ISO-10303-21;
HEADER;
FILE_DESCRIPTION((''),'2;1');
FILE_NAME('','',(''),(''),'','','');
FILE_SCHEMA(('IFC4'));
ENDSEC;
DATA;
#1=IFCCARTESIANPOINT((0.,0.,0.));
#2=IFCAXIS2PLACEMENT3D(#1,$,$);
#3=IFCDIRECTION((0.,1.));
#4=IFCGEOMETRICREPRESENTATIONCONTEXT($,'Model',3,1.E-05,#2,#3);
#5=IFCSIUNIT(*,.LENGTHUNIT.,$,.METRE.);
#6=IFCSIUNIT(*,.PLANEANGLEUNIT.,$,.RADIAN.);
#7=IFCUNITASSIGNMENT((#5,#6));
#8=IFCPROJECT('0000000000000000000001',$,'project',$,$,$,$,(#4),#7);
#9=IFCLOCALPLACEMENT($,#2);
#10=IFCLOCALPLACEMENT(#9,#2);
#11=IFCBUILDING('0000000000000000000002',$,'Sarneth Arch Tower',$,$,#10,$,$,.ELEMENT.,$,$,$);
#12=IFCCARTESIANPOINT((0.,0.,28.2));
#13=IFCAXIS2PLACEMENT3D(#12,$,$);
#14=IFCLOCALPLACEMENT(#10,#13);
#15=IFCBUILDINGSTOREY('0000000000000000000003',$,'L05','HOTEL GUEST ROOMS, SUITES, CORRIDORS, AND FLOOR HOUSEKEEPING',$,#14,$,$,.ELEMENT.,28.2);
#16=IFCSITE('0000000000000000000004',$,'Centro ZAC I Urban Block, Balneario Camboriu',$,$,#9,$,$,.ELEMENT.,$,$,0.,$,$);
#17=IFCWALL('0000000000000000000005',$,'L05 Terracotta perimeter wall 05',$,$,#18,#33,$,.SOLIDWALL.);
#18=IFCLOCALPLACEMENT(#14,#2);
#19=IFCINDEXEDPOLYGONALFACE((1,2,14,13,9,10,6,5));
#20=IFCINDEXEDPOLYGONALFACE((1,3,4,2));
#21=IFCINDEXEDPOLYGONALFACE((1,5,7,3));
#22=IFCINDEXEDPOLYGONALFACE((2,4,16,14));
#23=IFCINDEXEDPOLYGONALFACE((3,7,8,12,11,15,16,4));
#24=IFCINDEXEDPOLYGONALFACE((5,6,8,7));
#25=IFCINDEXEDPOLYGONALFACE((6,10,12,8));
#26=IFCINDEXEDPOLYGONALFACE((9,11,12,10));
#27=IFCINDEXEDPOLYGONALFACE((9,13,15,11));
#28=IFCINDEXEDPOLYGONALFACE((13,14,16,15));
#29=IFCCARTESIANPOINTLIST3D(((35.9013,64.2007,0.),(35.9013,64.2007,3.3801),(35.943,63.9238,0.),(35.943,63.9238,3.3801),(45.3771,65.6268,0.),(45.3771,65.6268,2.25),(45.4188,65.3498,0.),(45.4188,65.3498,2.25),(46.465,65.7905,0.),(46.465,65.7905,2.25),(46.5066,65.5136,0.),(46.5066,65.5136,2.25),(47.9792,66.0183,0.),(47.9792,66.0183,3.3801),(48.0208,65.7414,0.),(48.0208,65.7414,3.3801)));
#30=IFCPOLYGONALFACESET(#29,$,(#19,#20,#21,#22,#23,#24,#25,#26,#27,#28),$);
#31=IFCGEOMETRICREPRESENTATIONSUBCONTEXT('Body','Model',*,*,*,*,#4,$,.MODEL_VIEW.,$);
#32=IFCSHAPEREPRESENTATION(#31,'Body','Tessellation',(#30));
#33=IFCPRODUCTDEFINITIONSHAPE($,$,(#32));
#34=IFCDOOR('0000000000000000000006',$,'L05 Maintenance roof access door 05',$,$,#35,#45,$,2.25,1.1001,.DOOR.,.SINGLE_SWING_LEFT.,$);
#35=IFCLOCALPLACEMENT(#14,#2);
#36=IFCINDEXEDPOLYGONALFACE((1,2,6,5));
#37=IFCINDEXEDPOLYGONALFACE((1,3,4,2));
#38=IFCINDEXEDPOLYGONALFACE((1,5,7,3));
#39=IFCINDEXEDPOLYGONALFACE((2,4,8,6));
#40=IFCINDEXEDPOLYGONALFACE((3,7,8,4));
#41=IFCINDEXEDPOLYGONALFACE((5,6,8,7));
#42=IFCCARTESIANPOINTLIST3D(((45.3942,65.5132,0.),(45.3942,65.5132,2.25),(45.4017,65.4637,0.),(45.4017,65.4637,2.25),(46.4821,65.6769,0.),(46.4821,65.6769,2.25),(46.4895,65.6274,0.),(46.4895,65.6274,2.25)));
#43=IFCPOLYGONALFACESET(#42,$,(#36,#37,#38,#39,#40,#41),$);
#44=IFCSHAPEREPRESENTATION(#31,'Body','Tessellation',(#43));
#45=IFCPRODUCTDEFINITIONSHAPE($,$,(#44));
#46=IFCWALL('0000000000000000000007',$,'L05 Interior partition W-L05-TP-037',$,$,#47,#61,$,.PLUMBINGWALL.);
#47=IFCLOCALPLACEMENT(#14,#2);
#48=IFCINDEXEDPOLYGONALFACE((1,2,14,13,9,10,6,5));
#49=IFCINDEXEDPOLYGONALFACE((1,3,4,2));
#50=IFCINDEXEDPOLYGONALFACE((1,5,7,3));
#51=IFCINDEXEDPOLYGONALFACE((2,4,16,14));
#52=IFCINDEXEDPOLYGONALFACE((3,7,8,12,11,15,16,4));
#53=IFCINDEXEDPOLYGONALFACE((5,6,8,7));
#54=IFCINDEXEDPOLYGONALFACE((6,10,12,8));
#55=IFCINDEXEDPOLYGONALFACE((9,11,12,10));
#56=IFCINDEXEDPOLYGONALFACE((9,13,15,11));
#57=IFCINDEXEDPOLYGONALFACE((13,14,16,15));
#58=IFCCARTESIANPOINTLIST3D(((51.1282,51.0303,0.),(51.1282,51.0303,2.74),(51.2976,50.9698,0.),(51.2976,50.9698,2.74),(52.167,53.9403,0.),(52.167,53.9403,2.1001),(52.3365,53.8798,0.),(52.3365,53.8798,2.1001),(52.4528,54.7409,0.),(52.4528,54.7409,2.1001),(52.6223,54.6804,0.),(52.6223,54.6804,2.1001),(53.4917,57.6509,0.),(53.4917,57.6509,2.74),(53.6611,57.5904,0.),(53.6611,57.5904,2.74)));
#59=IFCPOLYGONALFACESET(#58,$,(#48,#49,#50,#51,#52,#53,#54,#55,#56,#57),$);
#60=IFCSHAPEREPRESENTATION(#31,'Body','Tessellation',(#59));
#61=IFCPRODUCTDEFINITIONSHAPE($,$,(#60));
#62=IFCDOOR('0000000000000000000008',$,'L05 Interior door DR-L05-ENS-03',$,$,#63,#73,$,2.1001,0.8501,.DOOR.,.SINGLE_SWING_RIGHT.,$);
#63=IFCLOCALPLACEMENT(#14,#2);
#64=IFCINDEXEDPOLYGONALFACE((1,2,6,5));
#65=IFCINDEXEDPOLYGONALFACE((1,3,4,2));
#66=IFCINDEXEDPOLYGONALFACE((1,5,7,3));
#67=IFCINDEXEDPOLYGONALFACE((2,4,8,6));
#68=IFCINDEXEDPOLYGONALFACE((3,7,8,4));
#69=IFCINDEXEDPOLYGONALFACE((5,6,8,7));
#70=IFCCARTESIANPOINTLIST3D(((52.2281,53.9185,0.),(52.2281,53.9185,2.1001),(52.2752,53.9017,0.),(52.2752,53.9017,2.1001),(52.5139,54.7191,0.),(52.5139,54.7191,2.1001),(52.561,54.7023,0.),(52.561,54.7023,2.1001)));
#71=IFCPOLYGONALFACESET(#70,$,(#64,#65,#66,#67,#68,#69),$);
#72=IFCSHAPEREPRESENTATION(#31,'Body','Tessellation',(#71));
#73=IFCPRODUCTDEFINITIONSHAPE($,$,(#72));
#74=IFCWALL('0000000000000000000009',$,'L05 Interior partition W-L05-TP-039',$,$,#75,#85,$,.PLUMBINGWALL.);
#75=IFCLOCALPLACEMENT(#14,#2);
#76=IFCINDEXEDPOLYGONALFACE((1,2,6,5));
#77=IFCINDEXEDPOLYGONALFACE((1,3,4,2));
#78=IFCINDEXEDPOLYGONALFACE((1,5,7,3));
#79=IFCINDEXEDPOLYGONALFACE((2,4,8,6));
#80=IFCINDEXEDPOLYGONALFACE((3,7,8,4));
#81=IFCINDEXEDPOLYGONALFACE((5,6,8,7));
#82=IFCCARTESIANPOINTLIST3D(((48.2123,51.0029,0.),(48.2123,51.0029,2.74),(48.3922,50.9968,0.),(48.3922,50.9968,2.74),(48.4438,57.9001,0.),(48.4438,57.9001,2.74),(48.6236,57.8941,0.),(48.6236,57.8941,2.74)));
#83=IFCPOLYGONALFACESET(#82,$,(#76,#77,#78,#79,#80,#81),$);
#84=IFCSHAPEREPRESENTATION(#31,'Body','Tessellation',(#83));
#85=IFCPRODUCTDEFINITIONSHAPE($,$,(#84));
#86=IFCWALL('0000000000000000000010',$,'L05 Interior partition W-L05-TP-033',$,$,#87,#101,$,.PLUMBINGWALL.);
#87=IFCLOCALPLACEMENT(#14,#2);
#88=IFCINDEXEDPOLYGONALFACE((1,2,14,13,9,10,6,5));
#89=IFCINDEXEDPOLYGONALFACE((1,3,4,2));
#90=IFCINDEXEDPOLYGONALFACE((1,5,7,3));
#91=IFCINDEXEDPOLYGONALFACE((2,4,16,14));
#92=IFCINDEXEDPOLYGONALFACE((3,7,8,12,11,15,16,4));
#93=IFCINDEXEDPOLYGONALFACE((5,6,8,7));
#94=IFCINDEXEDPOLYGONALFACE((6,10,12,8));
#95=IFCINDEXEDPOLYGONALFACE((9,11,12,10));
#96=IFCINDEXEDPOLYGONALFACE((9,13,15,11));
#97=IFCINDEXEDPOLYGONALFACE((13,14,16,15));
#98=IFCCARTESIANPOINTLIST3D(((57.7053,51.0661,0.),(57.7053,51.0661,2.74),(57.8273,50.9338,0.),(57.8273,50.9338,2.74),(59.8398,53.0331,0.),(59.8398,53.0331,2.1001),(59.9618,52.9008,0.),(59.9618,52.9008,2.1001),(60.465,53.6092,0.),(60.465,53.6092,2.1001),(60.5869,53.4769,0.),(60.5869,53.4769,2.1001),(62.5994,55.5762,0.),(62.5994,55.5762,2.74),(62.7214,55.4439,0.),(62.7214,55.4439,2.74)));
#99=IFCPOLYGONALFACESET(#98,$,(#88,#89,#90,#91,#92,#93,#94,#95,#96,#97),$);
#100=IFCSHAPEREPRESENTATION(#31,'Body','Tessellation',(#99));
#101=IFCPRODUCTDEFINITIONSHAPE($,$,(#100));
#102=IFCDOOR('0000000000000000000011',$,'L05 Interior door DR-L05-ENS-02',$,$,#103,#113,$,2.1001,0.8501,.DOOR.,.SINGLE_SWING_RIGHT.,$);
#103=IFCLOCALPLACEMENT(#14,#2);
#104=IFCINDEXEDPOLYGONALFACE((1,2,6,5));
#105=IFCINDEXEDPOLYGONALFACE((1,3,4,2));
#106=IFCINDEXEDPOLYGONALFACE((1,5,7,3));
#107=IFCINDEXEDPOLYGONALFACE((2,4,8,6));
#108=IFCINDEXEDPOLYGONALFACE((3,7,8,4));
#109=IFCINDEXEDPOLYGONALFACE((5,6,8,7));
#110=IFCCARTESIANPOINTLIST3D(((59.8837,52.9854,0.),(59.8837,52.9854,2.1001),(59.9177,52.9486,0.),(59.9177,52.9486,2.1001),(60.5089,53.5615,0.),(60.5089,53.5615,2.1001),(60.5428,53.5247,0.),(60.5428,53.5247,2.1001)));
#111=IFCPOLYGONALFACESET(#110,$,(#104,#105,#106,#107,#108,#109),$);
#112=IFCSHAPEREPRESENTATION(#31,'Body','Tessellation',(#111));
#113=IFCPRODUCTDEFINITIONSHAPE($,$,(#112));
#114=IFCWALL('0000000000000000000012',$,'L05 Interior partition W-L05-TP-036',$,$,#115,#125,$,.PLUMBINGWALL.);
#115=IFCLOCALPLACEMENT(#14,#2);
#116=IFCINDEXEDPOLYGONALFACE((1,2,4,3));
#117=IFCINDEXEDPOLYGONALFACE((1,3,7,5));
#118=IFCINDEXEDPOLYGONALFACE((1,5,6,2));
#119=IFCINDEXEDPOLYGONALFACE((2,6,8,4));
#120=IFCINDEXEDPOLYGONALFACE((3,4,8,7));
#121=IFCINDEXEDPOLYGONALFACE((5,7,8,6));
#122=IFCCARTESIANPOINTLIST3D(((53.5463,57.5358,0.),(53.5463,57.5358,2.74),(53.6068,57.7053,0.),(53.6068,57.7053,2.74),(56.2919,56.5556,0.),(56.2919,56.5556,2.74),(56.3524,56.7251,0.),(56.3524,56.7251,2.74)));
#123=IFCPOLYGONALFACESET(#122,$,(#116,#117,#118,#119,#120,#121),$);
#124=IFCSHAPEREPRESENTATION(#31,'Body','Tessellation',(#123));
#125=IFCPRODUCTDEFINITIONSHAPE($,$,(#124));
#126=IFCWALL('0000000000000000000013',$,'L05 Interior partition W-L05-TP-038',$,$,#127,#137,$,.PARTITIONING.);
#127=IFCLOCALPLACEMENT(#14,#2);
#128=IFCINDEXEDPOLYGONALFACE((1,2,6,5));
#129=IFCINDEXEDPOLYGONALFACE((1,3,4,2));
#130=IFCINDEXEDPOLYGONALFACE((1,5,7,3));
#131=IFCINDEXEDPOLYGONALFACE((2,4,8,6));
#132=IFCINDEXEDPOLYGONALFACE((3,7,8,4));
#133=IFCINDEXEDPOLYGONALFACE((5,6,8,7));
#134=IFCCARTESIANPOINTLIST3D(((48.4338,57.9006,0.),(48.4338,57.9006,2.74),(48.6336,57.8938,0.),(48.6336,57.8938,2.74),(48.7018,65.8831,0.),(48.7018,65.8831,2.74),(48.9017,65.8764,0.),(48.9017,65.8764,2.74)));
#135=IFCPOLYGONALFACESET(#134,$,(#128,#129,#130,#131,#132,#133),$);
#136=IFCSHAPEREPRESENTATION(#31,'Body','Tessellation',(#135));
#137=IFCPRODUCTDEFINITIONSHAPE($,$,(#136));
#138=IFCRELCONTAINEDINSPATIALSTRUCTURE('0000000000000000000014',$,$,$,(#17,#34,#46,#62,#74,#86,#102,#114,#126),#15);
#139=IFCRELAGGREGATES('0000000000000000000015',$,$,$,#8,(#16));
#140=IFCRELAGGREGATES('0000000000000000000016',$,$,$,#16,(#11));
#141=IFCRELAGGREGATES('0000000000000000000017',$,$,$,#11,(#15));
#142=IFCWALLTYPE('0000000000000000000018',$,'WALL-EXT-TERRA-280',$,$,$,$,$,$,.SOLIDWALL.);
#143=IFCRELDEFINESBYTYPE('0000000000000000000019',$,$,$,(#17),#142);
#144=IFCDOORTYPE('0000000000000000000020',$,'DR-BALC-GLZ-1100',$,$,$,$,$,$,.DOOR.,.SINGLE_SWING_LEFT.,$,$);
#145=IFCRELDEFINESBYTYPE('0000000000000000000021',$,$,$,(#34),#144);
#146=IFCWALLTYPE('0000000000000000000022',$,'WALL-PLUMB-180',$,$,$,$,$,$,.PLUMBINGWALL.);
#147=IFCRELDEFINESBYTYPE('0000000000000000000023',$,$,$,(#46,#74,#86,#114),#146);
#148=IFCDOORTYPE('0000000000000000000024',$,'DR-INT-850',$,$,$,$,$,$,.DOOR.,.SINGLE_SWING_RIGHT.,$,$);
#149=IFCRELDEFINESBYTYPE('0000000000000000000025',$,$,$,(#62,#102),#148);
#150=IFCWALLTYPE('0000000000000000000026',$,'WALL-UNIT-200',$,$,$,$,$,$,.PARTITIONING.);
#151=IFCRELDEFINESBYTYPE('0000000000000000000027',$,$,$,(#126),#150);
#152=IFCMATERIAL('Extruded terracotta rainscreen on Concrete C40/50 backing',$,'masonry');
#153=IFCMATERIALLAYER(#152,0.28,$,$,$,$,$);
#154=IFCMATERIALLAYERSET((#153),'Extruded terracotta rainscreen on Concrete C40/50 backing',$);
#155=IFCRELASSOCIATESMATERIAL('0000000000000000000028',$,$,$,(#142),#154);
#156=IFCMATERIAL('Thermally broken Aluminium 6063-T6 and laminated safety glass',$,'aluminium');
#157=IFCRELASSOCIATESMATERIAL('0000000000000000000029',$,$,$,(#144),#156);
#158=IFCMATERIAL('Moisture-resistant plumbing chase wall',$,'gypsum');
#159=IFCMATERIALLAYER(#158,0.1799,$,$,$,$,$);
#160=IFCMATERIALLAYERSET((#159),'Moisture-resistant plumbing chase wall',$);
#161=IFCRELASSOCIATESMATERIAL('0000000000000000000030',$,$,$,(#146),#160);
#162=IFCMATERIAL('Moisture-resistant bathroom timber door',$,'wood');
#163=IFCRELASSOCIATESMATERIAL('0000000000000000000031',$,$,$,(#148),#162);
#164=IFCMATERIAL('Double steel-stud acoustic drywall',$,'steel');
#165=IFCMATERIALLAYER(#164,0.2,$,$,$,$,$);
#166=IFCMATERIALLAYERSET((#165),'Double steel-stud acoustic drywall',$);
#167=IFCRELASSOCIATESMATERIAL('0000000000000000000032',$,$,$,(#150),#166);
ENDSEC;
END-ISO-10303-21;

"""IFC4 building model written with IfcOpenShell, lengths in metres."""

from ifc_helpers import new_model, si_unit, direction, frame, frame_2d, origin, place, context, subcontext, project, spatial, rectangle, extrude, material, layer, layer_set, type_object, element, fill, save


model = new_model("IFC4")

# Units and contexts
model_context = context("Model", 3, precision=1e-05, world=origin(), true_north=direction((0.0, 1.0)))
body_context = subcontext(model_context, "Body", "Model", "MODEL_VIEW")
ifc_project = project(units=[si_unit("LENGTHUNIT", "METRE"), si_unit("PLANEANGLEUNIT", "RADIAN")], contexts=[model_context])

# Site, building, storey
site_placement = place(None, origin())
site = spatial("IfcSite", under=ifc_project, at=site_placement, Name="Centro ZAC I Urban Block, Balneario Camboriu", CompositionType="ELEMENT", RefElevation=0.0)
building_placement = place(site_placement, origin())
building = spatial("IfcBuilding", under=site, at=building_placement, Name="Sarneth Arch Tower", CompositionType="ELEMENT")
storey_placement = place(building_placement, frame((0.0, 0.0, 28.2)))
storey = spatial("IfcBuildingStorey", under=building, at=storey_placement, Name="L05", Description="HOTEL GUEST ROOMS, SUITES, CORRIDORS, AND FLOOR HOUSEKEEPING", CompositionType="ELEMENT", Elevation=28.2)

# Walls, openings, doors
ifc_material_1 = material(Name="Extruded terracotta rainscreen on Concrete C40/50 backing", Category="masonry")
ifc_layer_1 = layer(ifc_material_1, 0.28)
ifc_layer_set_1 = layer_set([ifc_layer_1], Name="Extruded terracotta rainscreen on Concrete C40/50 backing")
wall_type_1 = type_object("IfcWallType", Name="WALL-EXT-TERRA-280", PredefinedType="SOLIDWALL", material=ifc_layer_set_1)
wall_1_placement = place(storey_placement, frame((48.0, 65.8799, 0.0), z_axis=(0.0, 0.0, 1.0), x_axis=(-0.988865, -0.148816, 0.0)))
wall_1 = element("IfcWall", 1, at=wall_1_placement, inside=storey, type_object=wall_type_1, Name="L05 Terracotta perimeter wall 05", PredefinedType="SOLIDWALL", context=body_context, shape_type="SweptSolid", body=[
    extrude(rectangle(XDim=12.2139, YDim=0.28, at=frame_2d((6.1069, 0.0))), origin(), (0.0, 0.0, 1.0), 3.3801),
])
opening_1_placement = place(wall_1_placement, frame((1.5312, 0.0, 0.0)))
opening_1 = element("IfcOpeningElement", 2, at=opening_1_placement, cuts=wall_1, PredefinedType="OPENING", context=body_context, shape_type="SweptSolid", body=[
    extrude(rectangle(XDim=1.1001, YDim=2.25, at=frame_2d((0.55, 1.125))), frame((0.0, 0.1499, 0.0), z_axis=(0.0, -1.0, 0.0), x_axis=(1.0, 0.0, 0.0)), (0.0, 0.0, 1.0), 0.3),
])
ifc_material_2 = material(Name="Thermally broken Aluminium 6063-T6 and laminated safety glass", Category="aluminium")
door_type_1 = type_object("IfcDoorType", Name="DR-BALC-GLZ-1100", OperationType="SINGLE_SWING_LEFT", PredefinedType="DOOR", material=ifc_material_2)
door_1_placement = place(opening_1_placement, origin())
door_1 = element("IfcDoor", 3, at=door_1_placement, inside=storey, type_object=door_type_1, Name="L05 Maintenance roof access door 05", OperationType="SINGLE_SWING_LEFT", OverallHeight=2.25, OverallWidth=1.1001, PredefinedType="DOOR", context=body_context, shape_type="SweptSolid", body=[
    extrude(rectangle(XDim=1.1001, YDim=2.25, at=frame_2d((0.55, 1.125))), frame((0.0, 0.0249, 0.0), z_axis=(0.0, -1.0, 0.0), x_axis=(1.0, 0.0, 0.0)), (0.0, 0.0, 1.0), 0.05),
])
fill(opening_1, door_1)
ifc_material_3 = material(Name="Moisture-resistant plumbing chase wall", Category="gypsum")
ifc_layer_2 = layer(ifc_material_3, 0.1799)
ifc_layer_set_2 = layer_set([ifc_layer_2], Name="Moisture-resistant plumbing chase wall")
wall_type_2 = type_object("IfcWallType", Name="WALL-PLUMB-180", PredefinedType="PLUMBINGWALL", material=ifc_layer_set_2)
wall_2_placement = place(storey_placement, frame((53.5764, 57.6206, 0.0), z_axis=(0.0, 0.0, 1.0), x_axis=(-0.336213, -0.941786, 0.0)))
wall_2 = element("IfcWall", 4, at=wall_2_placement, inside=storey, type_object=wall_type_2, Name="L05 Interior partition W-L05-TP-037", PredefinedType="PLUMBINGWALL", context=body_context, shape_type="SweptSolid", body=[
    extrude(rectangle(XDim=7.0298, YDim=0.1799, at=frame_2d((3.5149, 0.0))), origin(), (0.0, 0.0, 1.0), 2.74),
])
opening_2_placement = place(wall_2_placement, frame((3.0898, 0.0, 0.0)))
opening_2 = element("IfcOpeningElement", 5, at=opening_2_placement, cuts=wall_2, PredefinedType="OPENING", context=body_context, shape_type="SweptSolid", body=[
    extrude(rectangle(XDim=0.8501, YDim=2.1001, at=frame_2d((0.425, 1.05))), frame((0.0, 0.0999, 0.0), z_axis=(0.0, -1.0, 0.0), x_axis=(1.0, 0.0, 0.0)), (0.0, 0.0, 1.0), 0.2),
])
ifc_material_4 = material(Name="Moisture-resistant bathroom timber door", Category="wood")
door_type_2 = type_object("IfcDoorType", Name="DR-INT-850", OperationType="SINGLE_SWING_RIGHT", PredefinedType="DOOR", material=ifc_material_4)
door_2_placement = place(opening_2_placement, origin())
door_2 = element("IfcDoor", 6, at=door_2_placement, inside=storey, type_object=door_type_2, Name="L05 Interior door DR-L05-ENS-03", OperationType="SINGLE_SWING_RIGHT", OverallHeight=2.1001, OverallWidth=0.8501, PredefinedType="DOOR", context=body_context, shape_type="SweptSolid", body=[
    extrude(rectangle(XDim=0.8501, YDim=2.1001, at=frame_2d((0.425, 1.05))), frame((0.0, 0.0249, 0.0), z_axis=(0.0, -1.0, 0.0), x_axis=(1.0, 0.0, 0.0)), (0.0, 0.0, 1.0), 0.05),
])
fill(opening_2, door_2)

# Wall
wall_3_placement = place(storey_placement, frame((48.5337, 57.8972, 0.0), z_axis=(0.0, 0.0, 1.0), x_axis=(-0.033537, -0.999437, 0.0)))
element("IfcWall", 7, at=wall_3_placement, inside=storey, type_object=wall_type_2, Name="L05 Interior partition W-L05-TP-039", PredefinedType="PLUMBINGWALL", context=body_context, shape_type="SweptSolid", body=[
    extrude(rectangle(XDim=6.9011, YDim=0.1799, at=frame_2d((3.4507, 0.0))), origin(), (0.0, 0.0, 1.0), 2.74),
])

# Wall, opening, door
wall_4_placement = place(storey_placement, frame((62.6604, 55.51, 0.0), z_axis=(0.0, 0.0, 1.0), x_axis=(-0.73537, -0.677666, 0.0)))
wall_4 = element("IfcWall", 8, at=wall_4_placement, inside=storey, type_object=wall_type_2, Name="L05 Interior partition W-L05-TP-033", PredefinedType="PLUMBINGWALL", context=body_context, shape_type="SweptSolid", body=[
    extrude(rectangle(XDim=6.6553, YDim=0.1799, at=frame_2d((3.3276, 0.0))), origin(), (0.0, 0.0, 1.0), 2.74),
])
opening_3_placement = place(wall_4_placement, frame((2.9026, 0.0, 0.0)))
opening_3 = element("IfcOpeningElement", 9, at=opening_3_placement, cuts=wall_4, PredefinedType="OPENING", context=body_context, shape_type="SweptSolid", body=[
    extrude(rectangle(XDim=0.8501, YDim=2.1001, at=frame_2d((0.425, 1.05))), frame((0.0, 0.0999, 0.0), z_axis=(0.0, -1.0, 0.0), x_axis=(1.0, 0.0, 0.0)), (0.0, 0.0, 1.0), 0.2),
])
door_3_placement = place(opening_3_placement, origin())
door_3 = element("IfcDoor", 10, at=door_3_placement, inside=storey, type_object=door_type_2, Name="L05 Interior door DR-L05-ENS-02", OperationType="SINGLE_SWING_RIGHT", OverallHeight=2.1001, OverallWidth=0.8501, PredefinedType="DOOR", context=body_context, shape_type="SweptSolid", body=[
    extrude(rectangle(XDim=0.8501, YDim=2.1001, at=frame_2d((0.425, 1.05))), frame((0.0, 0.0249, 0.0), z_axis=(0.0, -1.0, 0.0), x_axis=(1.0, 0.0, 0.0)), (0.0, 0.0, 1.0), 0.05),
])
fill(opening_3, door_3)

# Walls
wall_5_placement = place(storey_placement, frame((56.322, 56.6404, 0.0), z_axis=(0.0, 0.0, 1.0), x_axis=(-0.94178, 0.33623, 0.0)))
element("IfcWall", 11, at=wall_5_placement, inside=storey, type_object=wall_type_2, Name="L05 Interior partition W-L05-TP-036", PredefinedType="PLUMBINGWALL", context=body_context, shape_type="SweptSolid", body=[
    extrude(rectangle(XDim=2.9153, YDim=0.1799, at=frame_2d((1.4575, 0.0))), origin(), (0.0, 0.0, 1.0), 2.74),
])
ifc_material_5 = material(Name="Double steel-stud acoustic drywall", Category="steel")
ifc_layer_3 = layer(ifc_material_5, 0.2)
ifc_layer_set_3 = layer_set([ifc_layer_3], Name="Double steel-stud acoustic drywall")
wall_type_3 = type_object("IfcWallType", Name="WALL-UNIT-200", PredefinedType="PARTITIONING", material=ifc_layer_set_3)
wall_6_placement = place(storey_placement, frame((48.8018, 65.8799, 0.0), z_axis=(0.0, 0.0, 1.0), x_axis=(-0.033562, -0.999437, 0.0)))
element("IfcWall", 12, at=wall_6_placement, inside=storey, type_object=wall_type_3, Name="L05 Interior partition W-L05-TP-038", PredefinedType="PARTITIONING", context=body_context, shape_type="SweptSolid", body=[
    extrude(rectangle(XDim=7.9871, YDim=0.2, at=frame_2d((3.9937, 0.0))), origin(), (0.0, 0.0, 1.0), 2.74),
])

save(model, "model.ifc")
